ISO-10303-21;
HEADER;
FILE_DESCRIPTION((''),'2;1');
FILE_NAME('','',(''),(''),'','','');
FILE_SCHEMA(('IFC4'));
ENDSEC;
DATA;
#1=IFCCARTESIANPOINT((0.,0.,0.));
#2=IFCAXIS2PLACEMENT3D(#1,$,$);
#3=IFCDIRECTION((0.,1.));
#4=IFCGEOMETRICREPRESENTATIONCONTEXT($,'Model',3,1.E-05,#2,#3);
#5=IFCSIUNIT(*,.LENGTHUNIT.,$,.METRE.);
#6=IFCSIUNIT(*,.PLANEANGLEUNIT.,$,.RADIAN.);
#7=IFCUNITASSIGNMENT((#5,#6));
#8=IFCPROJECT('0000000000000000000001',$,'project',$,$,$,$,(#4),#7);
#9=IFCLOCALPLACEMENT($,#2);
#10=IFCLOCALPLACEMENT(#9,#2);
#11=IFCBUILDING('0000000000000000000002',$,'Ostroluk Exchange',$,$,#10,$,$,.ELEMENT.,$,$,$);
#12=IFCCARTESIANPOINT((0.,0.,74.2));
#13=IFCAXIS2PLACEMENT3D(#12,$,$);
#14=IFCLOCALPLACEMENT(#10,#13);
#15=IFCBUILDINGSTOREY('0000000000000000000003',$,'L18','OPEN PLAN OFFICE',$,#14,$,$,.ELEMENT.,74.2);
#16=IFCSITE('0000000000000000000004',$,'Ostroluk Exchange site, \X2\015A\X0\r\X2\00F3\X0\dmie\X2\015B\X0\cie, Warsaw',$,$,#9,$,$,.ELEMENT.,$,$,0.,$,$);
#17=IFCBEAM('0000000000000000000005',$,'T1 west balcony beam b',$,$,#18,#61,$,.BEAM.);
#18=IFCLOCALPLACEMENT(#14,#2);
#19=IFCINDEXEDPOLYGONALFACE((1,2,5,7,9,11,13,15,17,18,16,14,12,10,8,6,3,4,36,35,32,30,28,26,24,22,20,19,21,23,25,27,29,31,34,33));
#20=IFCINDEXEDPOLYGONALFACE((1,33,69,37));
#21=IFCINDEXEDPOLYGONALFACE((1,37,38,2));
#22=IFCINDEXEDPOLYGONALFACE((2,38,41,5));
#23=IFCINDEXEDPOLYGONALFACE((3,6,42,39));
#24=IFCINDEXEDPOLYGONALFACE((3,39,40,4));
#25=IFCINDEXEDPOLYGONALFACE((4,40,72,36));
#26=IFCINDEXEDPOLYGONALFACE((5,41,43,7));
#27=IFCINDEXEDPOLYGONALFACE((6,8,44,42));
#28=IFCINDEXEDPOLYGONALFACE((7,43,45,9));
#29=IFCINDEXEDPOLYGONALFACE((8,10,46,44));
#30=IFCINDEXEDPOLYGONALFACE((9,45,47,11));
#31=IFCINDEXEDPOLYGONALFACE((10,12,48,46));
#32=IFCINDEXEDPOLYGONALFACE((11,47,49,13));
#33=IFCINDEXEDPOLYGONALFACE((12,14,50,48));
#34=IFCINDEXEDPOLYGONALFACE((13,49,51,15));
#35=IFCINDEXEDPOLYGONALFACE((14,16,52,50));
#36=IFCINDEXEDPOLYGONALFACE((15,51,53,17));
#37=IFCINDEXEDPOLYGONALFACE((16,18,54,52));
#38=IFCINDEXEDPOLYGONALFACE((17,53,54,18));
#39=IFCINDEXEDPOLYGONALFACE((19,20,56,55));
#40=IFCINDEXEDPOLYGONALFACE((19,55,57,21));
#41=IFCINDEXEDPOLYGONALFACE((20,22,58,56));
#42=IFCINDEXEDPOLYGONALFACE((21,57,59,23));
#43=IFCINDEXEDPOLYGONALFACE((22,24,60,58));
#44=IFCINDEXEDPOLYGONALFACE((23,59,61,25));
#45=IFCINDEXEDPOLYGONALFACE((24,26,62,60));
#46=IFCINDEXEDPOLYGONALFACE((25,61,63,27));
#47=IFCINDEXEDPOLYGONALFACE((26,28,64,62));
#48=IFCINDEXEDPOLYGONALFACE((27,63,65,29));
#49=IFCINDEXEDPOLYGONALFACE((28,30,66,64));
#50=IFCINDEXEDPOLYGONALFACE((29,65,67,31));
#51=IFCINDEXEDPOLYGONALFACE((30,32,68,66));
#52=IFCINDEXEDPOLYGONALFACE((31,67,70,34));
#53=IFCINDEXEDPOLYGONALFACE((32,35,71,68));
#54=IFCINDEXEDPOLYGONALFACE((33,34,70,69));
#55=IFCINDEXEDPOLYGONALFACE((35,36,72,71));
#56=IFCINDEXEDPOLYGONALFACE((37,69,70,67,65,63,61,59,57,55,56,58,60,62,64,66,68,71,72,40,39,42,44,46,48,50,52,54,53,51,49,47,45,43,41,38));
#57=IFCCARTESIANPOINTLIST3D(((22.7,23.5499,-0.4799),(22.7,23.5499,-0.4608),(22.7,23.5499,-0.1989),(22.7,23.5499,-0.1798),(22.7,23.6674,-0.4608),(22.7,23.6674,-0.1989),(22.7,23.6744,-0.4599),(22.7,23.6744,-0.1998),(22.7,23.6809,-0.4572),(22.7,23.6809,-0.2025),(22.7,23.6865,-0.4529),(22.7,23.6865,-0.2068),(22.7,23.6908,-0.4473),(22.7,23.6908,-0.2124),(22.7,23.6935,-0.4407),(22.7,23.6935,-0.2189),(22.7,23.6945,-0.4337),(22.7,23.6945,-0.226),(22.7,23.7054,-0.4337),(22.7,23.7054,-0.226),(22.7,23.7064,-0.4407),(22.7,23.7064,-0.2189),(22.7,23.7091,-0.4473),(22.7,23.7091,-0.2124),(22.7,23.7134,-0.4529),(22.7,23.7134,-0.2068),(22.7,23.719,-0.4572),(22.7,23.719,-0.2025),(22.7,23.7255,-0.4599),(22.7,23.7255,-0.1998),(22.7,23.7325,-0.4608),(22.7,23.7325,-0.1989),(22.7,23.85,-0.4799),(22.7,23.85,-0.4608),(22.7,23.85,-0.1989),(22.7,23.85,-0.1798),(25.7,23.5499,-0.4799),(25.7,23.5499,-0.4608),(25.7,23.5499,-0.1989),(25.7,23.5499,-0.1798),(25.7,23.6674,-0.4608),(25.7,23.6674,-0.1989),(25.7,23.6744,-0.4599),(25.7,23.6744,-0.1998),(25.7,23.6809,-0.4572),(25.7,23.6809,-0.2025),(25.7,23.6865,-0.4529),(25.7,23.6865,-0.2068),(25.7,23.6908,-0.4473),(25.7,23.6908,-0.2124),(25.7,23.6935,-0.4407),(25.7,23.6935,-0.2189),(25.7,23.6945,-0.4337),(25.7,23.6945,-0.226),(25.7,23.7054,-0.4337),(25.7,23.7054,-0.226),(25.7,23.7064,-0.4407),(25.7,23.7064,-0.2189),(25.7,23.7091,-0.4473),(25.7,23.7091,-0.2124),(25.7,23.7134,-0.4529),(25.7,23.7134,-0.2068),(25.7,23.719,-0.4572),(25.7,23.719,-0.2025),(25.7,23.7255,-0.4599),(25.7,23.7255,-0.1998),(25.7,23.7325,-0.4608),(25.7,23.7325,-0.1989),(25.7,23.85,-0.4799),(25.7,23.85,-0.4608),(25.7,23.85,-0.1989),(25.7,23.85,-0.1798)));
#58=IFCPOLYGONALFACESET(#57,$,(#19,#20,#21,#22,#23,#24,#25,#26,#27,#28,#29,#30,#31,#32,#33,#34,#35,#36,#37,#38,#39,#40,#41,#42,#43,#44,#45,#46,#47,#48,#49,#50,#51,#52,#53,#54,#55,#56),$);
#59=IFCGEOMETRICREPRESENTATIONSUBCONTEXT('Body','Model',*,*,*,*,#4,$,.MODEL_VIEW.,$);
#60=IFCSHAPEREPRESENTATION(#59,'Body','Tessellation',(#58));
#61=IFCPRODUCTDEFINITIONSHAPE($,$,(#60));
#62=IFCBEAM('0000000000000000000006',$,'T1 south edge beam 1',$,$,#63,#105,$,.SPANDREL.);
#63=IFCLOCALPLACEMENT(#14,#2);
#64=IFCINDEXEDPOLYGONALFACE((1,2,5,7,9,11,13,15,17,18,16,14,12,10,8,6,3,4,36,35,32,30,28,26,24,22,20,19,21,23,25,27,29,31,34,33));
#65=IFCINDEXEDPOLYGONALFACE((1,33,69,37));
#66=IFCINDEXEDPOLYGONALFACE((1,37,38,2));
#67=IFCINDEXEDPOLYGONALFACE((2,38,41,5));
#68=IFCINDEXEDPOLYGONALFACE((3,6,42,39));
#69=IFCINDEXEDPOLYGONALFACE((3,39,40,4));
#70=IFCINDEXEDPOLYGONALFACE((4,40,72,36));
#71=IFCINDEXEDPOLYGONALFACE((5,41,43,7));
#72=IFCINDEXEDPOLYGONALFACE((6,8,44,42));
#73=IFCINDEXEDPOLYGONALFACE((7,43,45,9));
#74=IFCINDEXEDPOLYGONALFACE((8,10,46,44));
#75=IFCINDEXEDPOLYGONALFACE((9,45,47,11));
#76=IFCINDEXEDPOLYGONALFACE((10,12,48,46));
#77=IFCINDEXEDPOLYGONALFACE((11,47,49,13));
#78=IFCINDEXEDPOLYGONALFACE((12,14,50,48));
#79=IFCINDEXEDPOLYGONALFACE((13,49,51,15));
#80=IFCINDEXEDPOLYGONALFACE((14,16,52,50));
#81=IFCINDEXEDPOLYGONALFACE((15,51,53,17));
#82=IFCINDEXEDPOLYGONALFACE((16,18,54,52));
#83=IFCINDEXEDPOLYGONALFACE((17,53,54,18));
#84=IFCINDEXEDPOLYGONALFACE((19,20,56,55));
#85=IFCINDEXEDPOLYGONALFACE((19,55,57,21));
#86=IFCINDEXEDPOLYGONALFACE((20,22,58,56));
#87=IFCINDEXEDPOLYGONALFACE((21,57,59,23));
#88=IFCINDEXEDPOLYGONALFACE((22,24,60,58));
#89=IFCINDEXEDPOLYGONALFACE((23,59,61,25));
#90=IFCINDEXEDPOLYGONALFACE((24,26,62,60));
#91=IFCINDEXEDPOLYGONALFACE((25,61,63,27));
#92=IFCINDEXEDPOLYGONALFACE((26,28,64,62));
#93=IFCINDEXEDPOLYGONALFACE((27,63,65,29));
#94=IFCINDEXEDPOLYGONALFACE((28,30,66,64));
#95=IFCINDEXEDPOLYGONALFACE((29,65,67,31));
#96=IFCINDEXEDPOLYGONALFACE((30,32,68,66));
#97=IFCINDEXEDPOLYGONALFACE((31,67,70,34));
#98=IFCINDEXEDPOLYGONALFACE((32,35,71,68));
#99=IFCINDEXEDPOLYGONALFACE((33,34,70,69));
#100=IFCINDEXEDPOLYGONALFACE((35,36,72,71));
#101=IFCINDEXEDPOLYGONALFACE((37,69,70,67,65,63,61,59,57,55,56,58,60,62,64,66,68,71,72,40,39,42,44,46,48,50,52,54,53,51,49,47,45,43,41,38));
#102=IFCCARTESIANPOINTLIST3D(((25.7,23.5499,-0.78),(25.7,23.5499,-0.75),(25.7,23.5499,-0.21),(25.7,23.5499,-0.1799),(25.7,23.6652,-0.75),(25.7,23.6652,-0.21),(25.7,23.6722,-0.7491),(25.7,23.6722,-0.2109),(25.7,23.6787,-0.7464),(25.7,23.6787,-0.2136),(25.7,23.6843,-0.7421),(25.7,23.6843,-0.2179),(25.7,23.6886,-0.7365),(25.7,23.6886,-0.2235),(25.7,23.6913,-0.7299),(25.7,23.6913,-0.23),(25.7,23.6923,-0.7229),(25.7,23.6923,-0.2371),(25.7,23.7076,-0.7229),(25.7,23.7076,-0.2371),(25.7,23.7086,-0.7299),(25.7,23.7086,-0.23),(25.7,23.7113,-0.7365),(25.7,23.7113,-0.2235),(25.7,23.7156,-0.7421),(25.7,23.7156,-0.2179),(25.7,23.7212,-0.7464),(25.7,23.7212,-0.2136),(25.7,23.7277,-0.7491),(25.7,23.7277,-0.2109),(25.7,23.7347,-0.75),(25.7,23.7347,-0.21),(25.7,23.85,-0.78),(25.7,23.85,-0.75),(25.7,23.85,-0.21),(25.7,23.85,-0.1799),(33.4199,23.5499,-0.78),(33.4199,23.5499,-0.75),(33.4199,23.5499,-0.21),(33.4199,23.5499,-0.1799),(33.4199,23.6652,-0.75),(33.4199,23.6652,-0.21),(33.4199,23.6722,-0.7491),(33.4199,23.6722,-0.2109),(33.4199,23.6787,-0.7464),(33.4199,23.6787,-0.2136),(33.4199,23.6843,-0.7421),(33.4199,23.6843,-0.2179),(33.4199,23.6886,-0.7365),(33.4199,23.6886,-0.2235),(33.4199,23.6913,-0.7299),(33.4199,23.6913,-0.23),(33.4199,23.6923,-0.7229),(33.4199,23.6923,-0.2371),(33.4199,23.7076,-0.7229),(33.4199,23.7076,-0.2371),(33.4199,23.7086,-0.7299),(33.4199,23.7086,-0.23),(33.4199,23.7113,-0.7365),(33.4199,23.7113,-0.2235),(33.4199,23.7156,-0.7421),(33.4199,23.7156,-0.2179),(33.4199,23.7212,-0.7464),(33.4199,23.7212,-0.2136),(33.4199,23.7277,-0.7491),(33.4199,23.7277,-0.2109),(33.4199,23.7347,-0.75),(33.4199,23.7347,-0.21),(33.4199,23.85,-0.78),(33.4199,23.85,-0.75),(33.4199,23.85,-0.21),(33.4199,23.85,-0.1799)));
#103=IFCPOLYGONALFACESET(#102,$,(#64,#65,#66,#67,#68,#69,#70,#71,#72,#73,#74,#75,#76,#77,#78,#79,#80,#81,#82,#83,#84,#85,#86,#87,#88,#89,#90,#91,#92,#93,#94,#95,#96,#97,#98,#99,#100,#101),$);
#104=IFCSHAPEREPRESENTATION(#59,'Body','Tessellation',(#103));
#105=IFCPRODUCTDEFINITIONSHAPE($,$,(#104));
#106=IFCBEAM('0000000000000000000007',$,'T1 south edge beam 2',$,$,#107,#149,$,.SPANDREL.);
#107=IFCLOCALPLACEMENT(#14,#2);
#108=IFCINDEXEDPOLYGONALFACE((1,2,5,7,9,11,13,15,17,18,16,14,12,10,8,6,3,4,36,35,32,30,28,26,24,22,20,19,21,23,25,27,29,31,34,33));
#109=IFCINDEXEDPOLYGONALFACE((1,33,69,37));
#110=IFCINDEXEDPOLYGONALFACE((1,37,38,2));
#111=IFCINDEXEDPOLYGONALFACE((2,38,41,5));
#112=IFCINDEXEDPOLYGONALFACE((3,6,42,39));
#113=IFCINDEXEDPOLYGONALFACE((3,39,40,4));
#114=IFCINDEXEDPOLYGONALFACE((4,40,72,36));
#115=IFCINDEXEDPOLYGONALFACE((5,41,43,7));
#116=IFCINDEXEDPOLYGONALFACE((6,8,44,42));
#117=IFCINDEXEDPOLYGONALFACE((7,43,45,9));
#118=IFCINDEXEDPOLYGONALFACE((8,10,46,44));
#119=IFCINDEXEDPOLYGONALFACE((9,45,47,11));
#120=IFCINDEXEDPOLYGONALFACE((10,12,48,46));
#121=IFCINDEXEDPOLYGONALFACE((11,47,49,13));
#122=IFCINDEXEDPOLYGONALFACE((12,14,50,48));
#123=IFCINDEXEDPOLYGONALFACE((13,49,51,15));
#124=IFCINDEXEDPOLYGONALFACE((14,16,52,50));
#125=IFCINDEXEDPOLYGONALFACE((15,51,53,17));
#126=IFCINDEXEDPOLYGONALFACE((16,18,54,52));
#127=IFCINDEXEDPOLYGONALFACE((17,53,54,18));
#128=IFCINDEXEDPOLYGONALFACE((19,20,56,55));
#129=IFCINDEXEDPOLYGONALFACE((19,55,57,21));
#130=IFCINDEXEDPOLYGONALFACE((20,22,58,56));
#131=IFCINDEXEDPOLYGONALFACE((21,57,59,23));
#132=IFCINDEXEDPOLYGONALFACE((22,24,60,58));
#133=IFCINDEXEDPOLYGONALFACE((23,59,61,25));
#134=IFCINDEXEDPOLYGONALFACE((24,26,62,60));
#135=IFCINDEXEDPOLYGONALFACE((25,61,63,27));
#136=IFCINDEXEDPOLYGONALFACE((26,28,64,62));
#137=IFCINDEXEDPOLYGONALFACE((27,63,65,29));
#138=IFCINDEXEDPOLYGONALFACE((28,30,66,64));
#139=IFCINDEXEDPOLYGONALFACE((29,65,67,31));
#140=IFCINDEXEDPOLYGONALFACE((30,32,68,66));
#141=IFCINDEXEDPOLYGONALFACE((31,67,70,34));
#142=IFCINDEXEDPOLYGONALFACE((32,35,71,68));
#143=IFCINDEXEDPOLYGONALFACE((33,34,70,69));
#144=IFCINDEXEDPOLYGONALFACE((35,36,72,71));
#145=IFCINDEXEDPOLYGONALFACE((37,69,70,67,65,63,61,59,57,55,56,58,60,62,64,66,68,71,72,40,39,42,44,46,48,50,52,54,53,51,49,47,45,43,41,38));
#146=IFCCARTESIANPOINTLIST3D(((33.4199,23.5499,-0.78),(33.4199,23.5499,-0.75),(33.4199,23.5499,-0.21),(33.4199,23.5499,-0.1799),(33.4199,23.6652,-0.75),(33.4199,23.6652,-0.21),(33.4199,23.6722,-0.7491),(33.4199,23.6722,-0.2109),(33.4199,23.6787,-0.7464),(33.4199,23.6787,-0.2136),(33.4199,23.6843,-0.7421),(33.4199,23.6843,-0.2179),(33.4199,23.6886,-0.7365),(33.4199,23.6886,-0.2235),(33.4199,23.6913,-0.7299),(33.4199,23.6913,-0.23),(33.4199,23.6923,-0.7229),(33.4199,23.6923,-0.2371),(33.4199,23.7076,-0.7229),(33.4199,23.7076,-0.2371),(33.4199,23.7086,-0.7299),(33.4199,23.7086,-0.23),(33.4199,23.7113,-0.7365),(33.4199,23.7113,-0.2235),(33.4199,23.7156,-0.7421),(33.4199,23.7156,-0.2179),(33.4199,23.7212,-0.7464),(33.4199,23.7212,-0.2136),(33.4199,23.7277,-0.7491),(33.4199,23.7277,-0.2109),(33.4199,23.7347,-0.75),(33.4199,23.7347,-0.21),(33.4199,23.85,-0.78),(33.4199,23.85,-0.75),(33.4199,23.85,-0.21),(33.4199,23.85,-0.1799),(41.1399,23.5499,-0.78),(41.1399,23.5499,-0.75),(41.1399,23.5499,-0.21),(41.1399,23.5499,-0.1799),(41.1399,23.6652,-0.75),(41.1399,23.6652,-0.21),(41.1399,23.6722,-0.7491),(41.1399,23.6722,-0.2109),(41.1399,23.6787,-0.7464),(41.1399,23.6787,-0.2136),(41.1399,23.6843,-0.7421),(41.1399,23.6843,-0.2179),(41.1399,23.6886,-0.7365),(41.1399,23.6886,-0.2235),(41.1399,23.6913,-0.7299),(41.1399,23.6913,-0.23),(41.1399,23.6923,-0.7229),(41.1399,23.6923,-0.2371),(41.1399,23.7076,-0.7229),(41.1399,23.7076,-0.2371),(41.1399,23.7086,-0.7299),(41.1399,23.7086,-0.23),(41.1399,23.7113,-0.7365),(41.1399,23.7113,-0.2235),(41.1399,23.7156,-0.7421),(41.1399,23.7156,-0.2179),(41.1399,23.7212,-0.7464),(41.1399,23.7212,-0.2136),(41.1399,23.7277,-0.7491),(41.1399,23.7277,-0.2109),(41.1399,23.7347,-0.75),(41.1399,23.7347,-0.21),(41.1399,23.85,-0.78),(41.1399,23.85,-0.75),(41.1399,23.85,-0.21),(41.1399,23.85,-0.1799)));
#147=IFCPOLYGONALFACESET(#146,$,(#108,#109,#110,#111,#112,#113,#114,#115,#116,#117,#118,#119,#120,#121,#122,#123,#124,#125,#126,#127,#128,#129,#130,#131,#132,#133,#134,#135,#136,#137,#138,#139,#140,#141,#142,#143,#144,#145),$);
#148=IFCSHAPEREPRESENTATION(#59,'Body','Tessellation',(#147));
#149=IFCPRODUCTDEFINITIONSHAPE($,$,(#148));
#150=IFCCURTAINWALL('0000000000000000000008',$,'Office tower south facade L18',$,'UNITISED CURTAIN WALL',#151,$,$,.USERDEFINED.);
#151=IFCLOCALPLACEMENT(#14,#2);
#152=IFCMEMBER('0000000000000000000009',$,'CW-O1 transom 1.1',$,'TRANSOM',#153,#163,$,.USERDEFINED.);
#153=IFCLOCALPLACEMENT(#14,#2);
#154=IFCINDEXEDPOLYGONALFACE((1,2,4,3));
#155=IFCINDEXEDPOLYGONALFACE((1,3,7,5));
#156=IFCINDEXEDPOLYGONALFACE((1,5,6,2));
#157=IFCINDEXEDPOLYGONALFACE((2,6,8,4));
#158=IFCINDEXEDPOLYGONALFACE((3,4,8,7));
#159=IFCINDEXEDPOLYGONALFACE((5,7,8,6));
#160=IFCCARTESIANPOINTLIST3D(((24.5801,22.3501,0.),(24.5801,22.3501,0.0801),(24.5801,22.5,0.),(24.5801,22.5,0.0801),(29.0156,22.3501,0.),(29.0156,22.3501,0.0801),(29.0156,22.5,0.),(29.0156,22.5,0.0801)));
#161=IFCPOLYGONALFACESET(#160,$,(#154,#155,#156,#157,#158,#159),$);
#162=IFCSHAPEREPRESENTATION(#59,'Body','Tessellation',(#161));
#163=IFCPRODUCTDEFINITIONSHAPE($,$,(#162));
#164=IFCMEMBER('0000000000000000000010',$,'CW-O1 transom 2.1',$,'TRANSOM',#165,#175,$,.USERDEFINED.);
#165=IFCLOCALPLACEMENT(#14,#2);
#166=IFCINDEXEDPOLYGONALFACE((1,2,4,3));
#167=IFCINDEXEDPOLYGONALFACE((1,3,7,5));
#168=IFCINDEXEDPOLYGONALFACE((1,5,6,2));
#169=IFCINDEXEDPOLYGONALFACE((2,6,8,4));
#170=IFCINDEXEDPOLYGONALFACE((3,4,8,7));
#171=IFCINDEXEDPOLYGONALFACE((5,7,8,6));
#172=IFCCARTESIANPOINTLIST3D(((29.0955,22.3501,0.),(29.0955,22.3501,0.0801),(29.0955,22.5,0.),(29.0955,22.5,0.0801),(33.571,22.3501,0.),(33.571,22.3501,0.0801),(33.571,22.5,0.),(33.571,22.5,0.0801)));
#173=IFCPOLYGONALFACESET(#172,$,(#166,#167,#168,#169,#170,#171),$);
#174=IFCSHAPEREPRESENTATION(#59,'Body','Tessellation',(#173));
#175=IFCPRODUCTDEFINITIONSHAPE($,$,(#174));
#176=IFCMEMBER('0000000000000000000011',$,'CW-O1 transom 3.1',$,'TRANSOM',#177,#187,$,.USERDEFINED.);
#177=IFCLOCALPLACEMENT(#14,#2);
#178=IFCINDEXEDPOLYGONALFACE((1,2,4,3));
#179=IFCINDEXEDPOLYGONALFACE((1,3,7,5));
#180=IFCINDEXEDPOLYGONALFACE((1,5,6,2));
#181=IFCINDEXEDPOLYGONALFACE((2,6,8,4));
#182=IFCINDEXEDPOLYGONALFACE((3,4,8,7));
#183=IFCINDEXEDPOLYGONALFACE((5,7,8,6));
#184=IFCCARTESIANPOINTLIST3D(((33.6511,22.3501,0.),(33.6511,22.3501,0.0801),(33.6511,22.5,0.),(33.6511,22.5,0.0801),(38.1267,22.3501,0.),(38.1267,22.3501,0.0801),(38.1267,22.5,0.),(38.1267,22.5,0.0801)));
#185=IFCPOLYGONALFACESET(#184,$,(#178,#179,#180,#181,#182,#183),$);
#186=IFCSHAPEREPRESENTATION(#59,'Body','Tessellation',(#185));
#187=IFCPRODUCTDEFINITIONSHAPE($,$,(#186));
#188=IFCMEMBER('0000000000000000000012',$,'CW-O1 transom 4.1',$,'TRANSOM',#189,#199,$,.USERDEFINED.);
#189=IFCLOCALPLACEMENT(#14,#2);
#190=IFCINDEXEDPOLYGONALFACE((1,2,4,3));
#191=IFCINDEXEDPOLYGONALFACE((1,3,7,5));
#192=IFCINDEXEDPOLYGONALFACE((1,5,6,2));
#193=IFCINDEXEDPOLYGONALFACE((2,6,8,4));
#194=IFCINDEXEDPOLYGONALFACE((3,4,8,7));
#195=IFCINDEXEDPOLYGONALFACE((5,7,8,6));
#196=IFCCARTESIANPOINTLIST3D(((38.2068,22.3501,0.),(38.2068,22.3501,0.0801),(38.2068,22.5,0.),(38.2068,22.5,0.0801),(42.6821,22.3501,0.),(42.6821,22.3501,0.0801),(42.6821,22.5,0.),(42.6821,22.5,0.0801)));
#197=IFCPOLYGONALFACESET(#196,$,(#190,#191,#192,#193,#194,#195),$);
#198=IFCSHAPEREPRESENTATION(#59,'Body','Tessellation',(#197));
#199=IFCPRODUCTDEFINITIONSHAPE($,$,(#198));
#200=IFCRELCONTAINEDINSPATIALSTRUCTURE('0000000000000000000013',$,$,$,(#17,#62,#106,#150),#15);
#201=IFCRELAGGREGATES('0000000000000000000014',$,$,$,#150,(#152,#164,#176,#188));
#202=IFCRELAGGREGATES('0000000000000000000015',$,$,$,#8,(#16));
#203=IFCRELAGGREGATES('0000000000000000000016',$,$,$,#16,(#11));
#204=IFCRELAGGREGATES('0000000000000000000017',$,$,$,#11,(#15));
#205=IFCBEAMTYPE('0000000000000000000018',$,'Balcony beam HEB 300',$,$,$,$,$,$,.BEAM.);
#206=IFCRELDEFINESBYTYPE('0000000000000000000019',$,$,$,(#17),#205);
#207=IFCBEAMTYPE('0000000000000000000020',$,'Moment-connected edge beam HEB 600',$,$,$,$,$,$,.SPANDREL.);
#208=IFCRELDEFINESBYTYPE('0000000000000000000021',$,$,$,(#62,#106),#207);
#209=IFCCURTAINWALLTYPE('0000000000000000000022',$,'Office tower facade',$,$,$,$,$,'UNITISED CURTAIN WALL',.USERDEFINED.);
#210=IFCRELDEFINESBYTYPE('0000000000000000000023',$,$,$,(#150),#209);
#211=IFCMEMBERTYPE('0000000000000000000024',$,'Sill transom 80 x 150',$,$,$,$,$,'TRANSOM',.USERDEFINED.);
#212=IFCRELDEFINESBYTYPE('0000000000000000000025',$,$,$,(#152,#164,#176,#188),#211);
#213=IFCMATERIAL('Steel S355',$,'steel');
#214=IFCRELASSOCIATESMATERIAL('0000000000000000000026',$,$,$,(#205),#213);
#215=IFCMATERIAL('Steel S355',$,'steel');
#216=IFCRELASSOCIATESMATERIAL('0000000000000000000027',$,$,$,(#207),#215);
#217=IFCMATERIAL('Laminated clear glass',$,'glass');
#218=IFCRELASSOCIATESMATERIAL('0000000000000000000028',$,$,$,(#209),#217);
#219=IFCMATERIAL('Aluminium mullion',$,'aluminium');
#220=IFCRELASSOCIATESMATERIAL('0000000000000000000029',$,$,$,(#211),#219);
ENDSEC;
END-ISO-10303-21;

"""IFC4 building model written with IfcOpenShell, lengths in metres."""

from ifc_helpers import new_model, si_unit, direction, frame, origin, origin_2d, place, context, subcontext, project, spatial, rectangle, i_section, extrude, material, material_profile, profile_set, type_object, element, aggregate, save


model = new_model("IFC4")

# Units and contexts
model_context = context("Model", 3, precision=1e-05, world=origin(), true_north=direction((0.0, 1.0)))
body_context = subcontext(model_context, "Body", "Model", "MODEL_VIEW")
ifc_project = project(units=[si_unit("LENGTHUNIT", "METRE"), si_unit("PLANEANGLEUNIT", "RADIAN")], contexts=[model_context])

# Site, building, storey
site_placement = place(None, origin())
site = spatial("IfcSite", under=ifc_project, at=site_placement, Name="Ostroluk Exchange site, Śródmieście, Warsaw", CompositionType="ELEMENT", RefElevation=0.0)
building_placement = place(site_placement, origin())
building = spatial("IfcBuilding", under=site, at=building_placement, Name="Ostroluk Exchange", CompositionType="ELEMENT")
storey_placement = place(building_placement, frame((0.0, 0.0, 74.2)))
storey = spatial("IfcBuildingStorey", under=building, at=storey_placement, Name="L18", Description="OPEN PLAN OFFICE", CompositionType="ELEMENT", Elevation=74.2)

# Beams
ifc_material_1 = material(Name="Steel S355", Category="steel")
ifc_material_profile_1 = material_profile(ifc_material_1, i_section(OverallWidth=0.3, OverallDepth=0.3, WebThickness=0.011, FlangeThickness=0.019, FilletRadius=0.0271, at=origin_2d()), Name="HEB 300")
ifc_profile_set_1 = profile_set([ifc_material_profile_1], Name="Steel S355")
beam_type_1 = type_object("IfcBeamType", Name="Balcony beam HEB 300", PredefinedType="BEAM", material=ifc_profile_set_1)
beam_placement = place(storey_placement, frame((25.7, 23.7, -0.3298), z_axis=(-1.0, 0.0, 0.0), x_axis=(0.0, -1.0, 0.0)))
element("IfcBeam", 1, at=beam_placement, inside=storey, type_object=beam_type_1, Name="T1 west balcony beam b", PredefinedType="BEAM", context=body_context, shape_type="SweptSolid", body=[
    extrude(i_section(OverallWidth=0.3, OverallDepth=0.3, WebThickness=0.011, FlangeThickness=0.019, FilletRadius=0.0271, at=origin_2d()), origin(), (0.0, 0.0, 1.0), 3.0),
])
ifc_material_2 = material(Name="Steel S355", Category="steel")
ifc_material_profile_2 = material_profile(ifc_material_2, i_section(OverallWidth=0.3, OverallDepth=0.6001, WebThickness=0.0154, FlangeThickness=0.03, FilletRadius=0.0271, at=origin_2d()), Name="HEB 600")
ifc_profile_set_2 = profile_set([ifc_material_profile_2], Name="Steel S355")
beam_type_2 = type_object("IfcBeamType", Name="Moment-connected edge beam HEB 600", PredefinedType="SPANDREL", material=ifc_profile_set_2)
for number, where, z_axis, x_axis, name in (
    (2, (25.7, 23.7, -0.48), (1.0, 0.0, 0.0), (0.0, 1.0, 0.0), "T1 south edge beam 1"),
    (3, (33.4199, 23.7, -0.48), (1.0, 0.0, 0.0), (0.0, 1.0, 0.0), "T1 south edge beam 2"),
):
    element("IfcBeam", number, at=place(storey_placement, frame(where, z_axis=z_axis, x_axis=x_axis)), inside=storey, type_object=beam_type_2, Name=name, PredefinedType="SPANDREL", context=body_context, shape_type="SweptSolid", body=[
        extrude(i_section(OverallWidth=0.3, OverallDepth=0.6001, WebThickness=0.0154, FlangeThickness=0.03, FilletRadius=0.0271, at=origin_2d()), origin(), (0.0, 0.0, 1.0), 7.72),
    ])

# Curtain wall, members
ifc_material_3 = material(Name="Laminated clear glass", Category="glass")
curtain_wall_type = type_object("IfcCurtainWallType", Name="Office tower facade", ElementType="UNITISED CURTAIN WALL", PredefinedType="USERDEFINED", material=ifc_material_3)
curtain_wall_placement = place(storey_placement, origin())
curtain_wall = element("IfcCurtainWall", 4, at=curtain_wall_placement, inside=storey, type_object=curtain_wall_type, Name="Office tower south facade L18", ObjectType="UNITISED CURTAIN WALL", PredefinedType="USERDEFINED")
ifc_material_4 = material(Name="Aluminium mullion", Category="aluminium")
ifc_material_profile_3 = material_profile(ifc_material_4, rectangle(XDim=0.1499, YDim=0.0801, at=origin_2d()), Name="Sill transom 80 x 150")
ifc_profile_set_3 = profile_set([ifc_material_profile_3], Name="Aluminium mullion")
member_type_1 = type_object("IfcMemberType", Name="Sill transom 80 x 150", ElementType="TRANSOM", PredefinedType="USERDEFINED", material=ifc_profile_set_3)
member_1_placement = place(storey_placement, frame((24.5801, 22.425, 0.04), z_axis=(1.0, 0.0, 0.0), x_axis=(0.0, 1.0, 0.0)))
member_1 = element("IfcMember", 5, at=member_1_placement, type_object=member_type_1, Name="CW-O1 transom 1.1", ObjectType="TRANSOM", PredefinedType="USERDEFINED", context=body_context, shape_type="SweptSolid", body=[
    extrude(rectangle(XDim=0.1499, YDim=0.0801, at=origin_2d()), origin(), (0.0, 0.0, 1.0), 4.4355),
])
member_2_placement = place(storey_placement, frame((29.0955, 22.425, 0.04), z_axis=(1.0, 0.0, 0.0), x_axis=(0.0, 1.0, 0.0)))
member_2 = element("IfcMember", 6, at=member_2_placement, type_object=member_type_1, Name="CW-O1 transom 2.1", ObjectType="TRANSOM", PredefinedType="USERDEFINED", context=body_context, shape_type="SweptSolid", body=[
    extrude(rectangle(XDim=0.1499, YDim=0.0801, at=origin_2d()), origin(), (0.0, 0.0, 1.0), 4.4756),
])
member_3_placement = place(storey_placement, frame((33.6511, 22.425, 0.04), z_axis=(1.0, 0.0, 0.0), x_axis=(0.0, 1.0, 0.0)))
member_3 = element("IfcMember", 7, at=member_3_placement, type_object=member_type_1, Name="CW-O1 transom 3.1", ObjectType="TRANSOM", PredefinedType="USERDEFINED", context=body_context, shape_type="SweptSolid", body=[
    extrude(rectangle(XDim=0.1499, YDim=0.0801, at=origin_2d()), origin(), (0.0, 0.0, 1.0), 4.4756),
])
member_4_placement = place(storey_placement, frame((38.2068, 22.425, 0.04), z_axis=(1.0, 0.0, 0.0), x_axis=(0.0, 1.0, 0.0)))
member_4 = element("IfcMember", 8, at=member_4_placement, type_object=member_type_1, Name="CW-O1 transom 4.1", ObjectType="TRANSOM", PredefinedType="USERDEFINED", context=body_context, shape_type="SweptSolid", body=[
    extrude(rectangle(XDim=0.1499, YDim=0.0801, at=origin_2d()), origin(), (0.0, 0.0, 1.0), 4.4753),
])
aggregate(curtain_wall, [member_1, member_2, member_3, member_4])

save(model, "model.ifc")
